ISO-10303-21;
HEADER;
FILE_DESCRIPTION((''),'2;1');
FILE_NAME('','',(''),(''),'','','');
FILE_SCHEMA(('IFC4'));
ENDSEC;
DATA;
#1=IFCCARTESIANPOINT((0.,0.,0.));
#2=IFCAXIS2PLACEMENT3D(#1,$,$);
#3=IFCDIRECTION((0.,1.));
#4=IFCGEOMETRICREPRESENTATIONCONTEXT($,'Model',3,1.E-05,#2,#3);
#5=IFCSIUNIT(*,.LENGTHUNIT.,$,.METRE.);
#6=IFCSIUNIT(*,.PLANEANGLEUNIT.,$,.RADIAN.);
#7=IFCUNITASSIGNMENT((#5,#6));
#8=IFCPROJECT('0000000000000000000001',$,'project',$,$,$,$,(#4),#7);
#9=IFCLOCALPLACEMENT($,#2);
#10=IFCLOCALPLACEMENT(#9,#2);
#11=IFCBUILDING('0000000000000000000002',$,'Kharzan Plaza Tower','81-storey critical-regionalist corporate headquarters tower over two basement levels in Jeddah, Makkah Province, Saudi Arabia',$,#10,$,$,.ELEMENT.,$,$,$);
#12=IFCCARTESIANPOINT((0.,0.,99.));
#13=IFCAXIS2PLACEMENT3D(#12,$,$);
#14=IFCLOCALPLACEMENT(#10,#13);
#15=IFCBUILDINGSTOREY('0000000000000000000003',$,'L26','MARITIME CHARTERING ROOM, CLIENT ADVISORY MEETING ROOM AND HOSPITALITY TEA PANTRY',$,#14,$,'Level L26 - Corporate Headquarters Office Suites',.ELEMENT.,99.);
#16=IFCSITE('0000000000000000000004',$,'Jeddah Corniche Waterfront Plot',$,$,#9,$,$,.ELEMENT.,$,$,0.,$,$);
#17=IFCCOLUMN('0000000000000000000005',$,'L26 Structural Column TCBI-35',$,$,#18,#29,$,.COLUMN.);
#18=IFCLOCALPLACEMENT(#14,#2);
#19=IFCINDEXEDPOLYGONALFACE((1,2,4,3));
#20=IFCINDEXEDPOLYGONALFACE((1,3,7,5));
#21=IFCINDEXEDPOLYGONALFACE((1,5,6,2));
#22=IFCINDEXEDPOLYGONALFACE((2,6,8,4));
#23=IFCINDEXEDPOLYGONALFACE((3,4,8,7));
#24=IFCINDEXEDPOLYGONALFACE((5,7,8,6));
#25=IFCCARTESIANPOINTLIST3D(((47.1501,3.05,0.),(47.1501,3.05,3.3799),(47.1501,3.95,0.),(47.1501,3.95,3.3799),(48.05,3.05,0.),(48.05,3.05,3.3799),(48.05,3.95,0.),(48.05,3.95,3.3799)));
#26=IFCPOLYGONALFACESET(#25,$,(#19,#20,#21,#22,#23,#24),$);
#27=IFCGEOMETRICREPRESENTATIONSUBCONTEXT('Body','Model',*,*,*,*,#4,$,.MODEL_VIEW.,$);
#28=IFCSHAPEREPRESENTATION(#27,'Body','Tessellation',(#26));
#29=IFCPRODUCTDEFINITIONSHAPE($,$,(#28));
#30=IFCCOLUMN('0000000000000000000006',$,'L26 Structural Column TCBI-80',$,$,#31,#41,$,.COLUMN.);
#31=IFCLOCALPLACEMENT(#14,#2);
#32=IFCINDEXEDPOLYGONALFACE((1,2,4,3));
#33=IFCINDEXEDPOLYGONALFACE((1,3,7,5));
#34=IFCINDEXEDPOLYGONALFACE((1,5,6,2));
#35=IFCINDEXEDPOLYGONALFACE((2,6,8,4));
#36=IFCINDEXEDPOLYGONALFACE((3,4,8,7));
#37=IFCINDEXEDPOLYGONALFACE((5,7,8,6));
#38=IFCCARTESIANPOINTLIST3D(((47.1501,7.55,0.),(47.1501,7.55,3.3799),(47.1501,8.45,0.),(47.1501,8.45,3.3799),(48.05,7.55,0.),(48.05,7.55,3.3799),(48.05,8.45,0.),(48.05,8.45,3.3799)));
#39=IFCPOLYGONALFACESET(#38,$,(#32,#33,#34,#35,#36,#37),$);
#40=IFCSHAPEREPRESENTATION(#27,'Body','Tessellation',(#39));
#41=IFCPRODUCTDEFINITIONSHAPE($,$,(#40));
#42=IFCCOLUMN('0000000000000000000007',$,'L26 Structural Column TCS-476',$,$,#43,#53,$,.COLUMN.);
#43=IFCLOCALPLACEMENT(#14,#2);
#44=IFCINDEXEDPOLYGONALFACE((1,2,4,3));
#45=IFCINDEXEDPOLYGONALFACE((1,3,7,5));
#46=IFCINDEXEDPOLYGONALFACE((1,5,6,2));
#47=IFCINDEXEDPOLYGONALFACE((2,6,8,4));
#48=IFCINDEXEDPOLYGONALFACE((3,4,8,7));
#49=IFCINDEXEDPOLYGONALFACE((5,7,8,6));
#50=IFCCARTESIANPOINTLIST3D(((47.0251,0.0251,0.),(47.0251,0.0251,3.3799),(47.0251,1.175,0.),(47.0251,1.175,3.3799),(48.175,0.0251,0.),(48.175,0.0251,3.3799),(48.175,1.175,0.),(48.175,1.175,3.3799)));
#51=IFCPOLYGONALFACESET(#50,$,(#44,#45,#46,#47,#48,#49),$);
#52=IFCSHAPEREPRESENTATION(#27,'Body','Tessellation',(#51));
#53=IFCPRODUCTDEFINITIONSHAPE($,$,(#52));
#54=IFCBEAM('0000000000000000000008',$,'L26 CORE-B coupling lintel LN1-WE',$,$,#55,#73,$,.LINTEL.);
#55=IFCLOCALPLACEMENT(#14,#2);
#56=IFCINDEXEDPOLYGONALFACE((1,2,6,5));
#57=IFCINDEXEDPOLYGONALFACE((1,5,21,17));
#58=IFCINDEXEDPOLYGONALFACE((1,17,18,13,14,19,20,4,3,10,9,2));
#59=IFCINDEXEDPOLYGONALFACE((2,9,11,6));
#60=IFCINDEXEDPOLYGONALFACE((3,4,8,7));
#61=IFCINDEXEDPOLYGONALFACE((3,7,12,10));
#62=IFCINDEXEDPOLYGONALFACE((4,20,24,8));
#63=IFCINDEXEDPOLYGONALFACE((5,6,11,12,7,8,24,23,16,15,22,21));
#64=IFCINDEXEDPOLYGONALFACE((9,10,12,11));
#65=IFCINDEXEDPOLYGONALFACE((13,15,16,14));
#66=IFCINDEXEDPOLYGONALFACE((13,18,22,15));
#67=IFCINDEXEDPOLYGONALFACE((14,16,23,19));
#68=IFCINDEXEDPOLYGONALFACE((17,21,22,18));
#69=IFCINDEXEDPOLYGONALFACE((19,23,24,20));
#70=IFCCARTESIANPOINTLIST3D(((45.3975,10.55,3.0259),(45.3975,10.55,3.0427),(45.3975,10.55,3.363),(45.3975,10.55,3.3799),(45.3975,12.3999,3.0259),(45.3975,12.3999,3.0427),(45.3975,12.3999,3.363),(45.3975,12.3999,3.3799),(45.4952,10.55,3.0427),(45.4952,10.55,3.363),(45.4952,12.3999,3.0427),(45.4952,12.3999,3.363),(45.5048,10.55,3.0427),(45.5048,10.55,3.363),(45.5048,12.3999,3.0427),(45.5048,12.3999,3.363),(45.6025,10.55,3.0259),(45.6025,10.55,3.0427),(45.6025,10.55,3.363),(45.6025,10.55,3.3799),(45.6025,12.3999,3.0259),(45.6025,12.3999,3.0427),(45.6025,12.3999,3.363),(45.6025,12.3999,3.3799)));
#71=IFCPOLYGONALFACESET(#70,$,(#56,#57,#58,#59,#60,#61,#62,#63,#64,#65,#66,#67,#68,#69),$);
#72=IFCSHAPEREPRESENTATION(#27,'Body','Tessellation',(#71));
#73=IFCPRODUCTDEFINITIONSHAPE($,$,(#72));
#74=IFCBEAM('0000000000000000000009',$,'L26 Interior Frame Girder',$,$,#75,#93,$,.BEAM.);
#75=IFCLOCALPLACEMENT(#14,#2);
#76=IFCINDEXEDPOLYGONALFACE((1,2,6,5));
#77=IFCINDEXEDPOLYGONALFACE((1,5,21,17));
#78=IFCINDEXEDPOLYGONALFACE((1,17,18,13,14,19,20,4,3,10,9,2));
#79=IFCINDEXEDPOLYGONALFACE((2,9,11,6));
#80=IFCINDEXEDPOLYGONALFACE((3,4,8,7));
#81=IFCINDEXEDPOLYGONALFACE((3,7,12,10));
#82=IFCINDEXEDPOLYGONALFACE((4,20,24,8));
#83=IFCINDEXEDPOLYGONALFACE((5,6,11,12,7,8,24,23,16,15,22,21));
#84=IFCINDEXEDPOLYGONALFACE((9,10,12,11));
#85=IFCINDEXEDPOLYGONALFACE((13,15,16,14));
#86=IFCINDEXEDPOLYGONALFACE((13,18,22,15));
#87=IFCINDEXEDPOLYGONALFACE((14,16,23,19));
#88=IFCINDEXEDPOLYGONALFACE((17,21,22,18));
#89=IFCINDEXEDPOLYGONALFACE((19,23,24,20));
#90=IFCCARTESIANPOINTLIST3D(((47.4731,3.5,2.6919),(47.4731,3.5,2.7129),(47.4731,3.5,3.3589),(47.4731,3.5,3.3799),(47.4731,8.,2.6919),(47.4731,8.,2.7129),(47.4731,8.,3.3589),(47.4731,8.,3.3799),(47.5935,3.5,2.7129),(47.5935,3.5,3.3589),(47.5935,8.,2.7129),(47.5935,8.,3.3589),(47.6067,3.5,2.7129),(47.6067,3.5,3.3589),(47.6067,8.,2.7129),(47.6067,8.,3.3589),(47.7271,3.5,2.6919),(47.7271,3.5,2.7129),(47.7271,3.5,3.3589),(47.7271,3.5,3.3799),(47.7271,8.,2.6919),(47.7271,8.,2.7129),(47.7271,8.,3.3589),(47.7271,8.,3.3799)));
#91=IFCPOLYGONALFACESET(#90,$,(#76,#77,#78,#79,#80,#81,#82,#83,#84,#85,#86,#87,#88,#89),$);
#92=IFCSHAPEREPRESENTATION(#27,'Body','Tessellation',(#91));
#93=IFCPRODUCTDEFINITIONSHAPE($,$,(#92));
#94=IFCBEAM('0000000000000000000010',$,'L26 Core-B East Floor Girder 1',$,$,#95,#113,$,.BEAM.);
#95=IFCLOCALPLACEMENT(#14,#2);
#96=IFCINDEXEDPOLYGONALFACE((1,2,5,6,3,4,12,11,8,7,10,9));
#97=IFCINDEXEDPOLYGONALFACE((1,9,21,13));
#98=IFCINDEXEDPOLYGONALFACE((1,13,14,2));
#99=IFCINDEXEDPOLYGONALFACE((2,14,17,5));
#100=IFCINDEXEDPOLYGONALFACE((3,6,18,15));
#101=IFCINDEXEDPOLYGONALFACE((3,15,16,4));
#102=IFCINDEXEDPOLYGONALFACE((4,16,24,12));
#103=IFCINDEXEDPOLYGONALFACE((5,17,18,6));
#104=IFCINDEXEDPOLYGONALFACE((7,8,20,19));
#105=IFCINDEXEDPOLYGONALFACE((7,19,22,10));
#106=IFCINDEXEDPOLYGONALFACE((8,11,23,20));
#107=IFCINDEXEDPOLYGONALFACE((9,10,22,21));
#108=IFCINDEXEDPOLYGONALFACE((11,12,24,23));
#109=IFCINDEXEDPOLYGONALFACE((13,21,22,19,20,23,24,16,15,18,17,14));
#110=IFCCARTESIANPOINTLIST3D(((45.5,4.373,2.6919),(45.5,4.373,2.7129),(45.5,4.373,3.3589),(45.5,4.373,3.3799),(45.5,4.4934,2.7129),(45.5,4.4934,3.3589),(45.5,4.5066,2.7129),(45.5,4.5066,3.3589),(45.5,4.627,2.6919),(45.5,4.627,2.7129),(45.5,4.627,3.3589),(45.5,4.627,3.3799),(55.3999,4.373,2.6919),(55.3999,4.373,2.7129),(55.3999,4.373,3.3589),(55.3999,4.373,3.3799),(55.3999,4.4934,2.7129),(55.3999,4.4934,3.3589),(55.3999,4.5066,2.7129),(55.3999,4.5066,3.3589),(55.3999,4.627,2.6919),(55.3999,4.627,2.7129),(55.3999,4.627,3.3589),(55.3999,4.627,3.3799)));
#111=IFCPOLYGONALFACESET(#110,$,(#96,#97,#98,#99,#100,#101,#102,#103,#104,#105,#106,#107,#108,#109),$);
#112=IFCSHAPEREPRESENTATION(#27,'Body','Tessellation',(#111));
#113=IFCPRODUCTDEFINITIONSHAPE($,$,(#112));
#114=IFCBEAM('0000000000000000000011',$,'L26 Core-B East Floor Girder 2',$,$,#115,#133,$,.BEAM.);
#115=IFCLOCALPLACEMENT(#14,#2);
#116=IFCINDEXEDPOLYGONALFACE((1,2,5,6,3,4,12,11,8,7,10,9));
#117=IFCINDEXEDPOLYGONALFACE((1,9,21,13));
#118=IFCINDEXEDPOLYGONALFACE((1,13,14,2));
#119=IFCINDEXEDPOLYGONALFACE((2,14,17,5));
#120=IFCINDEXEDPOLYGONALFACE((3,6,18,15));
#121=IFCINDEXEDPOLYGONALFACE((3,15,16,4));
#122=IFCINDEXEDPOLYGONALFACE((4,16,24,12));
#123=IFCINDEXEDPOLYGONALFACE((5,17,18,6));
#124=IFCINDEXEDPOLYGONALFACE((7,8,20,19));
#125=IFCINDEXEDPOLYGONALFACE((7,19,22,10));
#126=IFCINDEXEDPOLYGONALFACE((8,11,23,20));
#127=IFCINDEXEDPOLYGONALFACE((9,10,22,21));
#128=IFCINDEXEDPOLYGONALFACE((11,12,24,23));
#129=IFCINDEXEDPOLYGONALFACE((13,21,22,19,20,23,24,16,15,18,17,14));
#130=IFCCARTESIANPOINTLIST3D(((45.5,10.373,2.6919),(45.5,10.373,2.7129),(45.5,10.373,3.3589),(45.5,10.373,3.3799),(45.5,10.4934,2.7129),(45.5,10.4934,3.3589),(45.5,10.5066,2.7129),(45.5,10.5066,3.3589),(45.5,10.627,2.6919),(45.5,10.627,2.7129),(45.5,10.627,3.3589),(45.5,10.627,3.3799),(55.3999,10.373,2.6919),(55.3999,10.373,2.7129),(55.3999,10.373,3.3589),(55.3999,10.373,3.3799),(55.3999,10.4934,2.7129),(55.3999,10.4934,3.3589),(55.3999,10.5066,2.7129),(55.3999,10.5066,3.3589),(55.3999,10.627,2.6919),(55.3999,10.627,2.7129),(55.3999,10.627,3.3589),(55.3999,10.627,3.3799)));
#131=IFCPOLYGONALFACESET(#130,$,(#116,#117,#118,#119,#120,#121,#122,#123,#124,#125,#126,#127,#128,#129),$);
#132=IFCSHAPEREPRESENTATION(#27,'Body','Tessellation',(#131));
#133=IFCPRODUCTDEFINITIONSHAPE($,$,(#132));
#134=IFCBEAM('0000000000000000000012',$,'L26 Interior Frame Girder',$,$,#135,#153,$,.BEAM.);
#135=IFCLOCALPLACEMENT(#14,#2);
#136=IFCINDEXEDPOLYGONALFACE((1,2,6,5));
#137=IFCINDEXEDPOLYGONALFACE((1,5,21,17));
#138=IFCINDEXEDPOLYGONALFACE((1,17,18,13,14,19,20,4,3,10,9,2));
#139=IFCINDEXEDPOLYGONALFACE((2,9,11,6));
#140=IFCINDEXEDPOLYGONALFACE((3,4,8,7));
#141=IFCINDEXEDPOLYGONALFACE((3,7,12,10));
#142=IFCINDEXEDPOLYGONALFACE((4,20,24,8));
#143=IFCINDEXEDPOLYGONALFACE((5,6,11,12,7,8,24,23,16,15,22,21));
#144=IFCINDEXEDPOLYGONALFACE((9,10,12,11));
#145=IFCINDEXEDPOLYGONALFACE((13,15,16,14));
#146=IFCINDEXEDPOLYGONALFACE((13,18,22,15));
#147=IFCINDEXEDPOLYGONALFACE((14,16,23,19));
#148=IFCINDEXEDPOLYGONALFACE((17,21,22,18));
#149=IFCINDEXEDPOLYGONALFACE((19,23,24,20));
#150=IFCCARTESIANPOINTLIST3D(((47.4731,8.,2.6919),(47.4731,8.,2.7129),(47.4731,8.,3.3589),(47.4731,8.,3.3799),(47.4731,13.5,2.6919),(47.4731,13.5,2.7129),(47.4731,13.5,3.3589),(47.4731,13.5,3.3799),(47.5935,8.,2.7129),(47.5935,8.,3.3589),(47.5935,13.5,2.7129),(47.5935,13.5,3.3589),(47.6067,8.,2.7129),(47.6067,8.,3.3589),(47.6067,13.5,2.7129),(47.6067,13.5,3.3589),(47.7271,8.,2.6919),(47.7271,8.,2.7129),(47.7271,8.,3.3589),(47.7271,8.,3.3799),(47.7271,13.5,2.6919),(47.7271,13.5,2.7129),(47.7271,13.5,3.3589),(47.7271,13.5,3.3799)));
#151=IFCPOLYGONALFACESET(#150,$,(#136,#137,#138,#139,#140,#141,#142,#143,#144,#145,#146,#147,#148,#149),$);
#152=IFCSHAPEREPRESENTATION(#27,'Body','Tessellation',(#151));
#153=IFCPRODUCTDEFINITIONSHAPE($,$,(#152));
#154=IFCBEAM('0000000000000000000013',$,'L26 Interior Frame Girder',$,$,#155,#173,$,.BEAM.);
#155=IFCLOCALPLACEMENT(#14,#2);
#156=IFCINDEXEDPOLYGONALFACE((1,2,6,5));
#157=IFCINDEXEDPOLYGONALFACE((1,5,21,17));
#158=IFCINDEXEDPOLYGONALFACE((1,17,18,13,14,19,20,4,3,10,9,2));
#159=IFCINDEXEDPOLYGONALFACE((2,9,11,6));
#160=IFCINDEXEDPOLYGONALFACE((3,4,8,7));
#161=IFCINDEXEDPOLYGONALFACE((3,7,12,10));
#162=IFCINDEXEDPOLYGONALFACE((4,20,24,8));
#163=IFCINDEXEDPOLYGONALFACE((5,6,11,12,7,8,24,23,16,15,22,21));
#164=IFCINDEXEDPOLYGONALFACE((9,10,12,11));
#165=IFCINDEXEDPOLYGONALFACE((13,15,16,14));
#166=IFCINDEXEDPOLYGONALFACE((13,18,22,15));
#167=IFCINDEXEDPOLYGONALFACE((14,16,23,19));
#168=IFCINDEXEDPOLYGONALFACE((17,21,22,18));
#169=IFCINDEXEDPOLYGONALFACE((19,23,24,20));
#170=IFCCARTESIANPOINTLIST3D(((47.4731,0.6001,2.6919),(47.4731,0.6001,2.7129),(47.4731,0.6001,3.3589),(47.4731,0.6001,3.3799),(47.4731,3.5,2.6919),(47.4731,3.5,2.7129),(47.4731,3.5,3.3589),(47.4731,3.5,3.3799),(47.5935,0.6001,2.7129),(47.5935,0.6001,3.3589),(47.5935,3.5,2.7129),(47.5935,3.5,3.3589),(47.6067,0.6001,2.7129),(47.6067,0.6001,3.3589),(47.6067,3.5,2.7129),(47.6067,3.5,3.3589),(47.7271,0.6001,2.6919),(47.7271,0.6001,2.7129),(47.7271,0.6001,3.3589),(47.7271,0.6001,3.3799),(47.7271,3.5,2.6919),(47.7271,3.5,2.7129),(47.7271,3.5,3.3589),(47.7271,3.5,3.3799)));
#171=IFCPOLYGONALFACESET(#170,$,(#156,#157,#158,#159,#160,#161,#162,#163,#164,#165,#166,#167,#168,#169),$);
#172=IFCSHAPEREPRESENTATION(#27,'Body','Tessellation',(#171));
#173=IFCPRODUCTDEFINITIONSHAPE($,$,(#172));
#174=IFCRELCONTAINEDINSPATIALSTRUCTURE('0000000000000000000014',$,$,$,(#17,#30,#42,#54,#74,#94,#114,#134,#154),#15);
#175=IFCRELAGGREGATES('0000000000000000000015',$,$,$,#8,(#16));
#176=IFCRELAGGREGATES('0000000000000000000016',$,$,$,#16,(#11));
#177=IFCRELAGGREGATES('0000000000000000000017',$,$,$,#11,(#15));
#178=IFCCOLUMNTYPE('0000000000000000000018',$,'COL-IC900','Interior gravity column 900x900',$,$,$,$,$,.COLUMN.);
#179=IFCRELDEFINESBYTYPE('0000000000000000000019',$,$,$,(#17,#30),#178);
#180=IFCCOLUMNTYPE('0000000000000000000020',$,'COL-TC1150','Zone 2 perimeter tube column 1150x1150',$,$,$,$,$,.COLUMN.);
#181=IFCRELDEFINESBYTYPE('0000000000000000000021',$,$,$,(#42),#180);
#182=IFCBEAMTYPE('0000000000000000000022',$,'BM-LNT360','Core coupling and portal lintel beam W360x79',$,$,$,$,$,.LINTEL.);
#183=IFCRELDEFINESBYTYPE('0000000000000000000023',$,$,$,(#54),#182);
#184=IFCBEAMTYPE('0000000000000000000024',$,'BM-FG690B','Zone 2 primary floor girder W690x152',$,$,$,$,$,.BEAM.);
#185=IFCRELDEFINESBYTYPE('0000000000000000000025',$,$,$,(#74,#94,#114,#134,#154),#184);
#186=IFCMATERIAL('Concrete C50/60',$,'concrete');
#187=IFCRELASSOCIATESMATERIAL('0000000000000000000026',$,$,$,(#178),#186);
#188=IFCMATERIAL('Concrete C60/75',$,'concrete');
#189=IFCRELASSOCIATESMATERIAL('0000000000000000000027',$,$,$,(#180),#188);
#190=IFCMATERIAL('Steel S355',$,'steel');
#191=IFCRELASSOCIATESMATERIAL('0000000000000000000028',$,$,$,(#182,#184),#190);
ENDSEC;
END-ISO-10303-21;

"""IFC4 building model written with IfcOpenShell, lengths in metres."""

from ifc_helpers import new_model, si_unit, direction, frame, origin, origin_2d, place, context, subcontext, project, spatial, rectangle, i_section, extrude, source, transform, mapped, material, material_profile, profile_set, type_object, element, save


model = new_model("IFC4")

# Units and contexts
model_context = context("Model", 3, precision=1e-05, world=origin(), true_north=direction((0.0, 1.0)))
body_context = subcontext(model_context, "Body", "Model", "MODEL_VIEW")
ifc_project = project(units=[si_unit("LENGTHUNIT", "METRE"), si_unit("PLANEANGLEUNIT", "RADIAN")], contexts=[model_context])

# Site, building, storey
site_placement = place(None, origin())
site = spatial("IfcSite", under=ifc_project, at=site_placement, Name="Jeddah Corniche Waterfront Plot", CompositionType="ELEMENT", RefElevation=0.0)
building_placement = place(site_placement, origin())
building = spatial("IfcBuilding", under=site, at=building_placement, Name="Kharzan Plaza Tower", Description="81-storey critical-regionalist corporate headquarters tower over two basement levels in Jeddah, Makkah Province, Saudi Arabia", CompositionType="ELEMENT")
storey_placement = place(building_placement, frame((0.0, 0.0, 99.0)))
storey = spatial("IfcBuildingStorey", under=building, at=storey_placement, Name="L26", Description="MARITIME CHARTERING ROOM, CLIENT ADVISORY MEETING ROOM AND HOSPITALITY TEA PANTRY", LongName="Level L26 - Corporate Headquarters Office Suites", CompositionType="ELEMENT", Elevation=99.0)

# Columns
ifc_material_1 = material(Name="Concrete C50/60", Category="concrete")
ifc_material_profile_1 = material_profile(ifc_material_1, rectangle(XDim=0.8999, YDim=0.8999, at=origin_2d()), Name="RC-IC900x900")
ifc_profile_set_1 = profile_set([ifc_material_profile_1], Name="Concrete C50/60")
column_type_1 = type_object("IfcColumnType", Name="COL-IC900", Description="Interior gravity column 900x900", PredefinedType="COLUMN", material=ifc_profile_set_1)
shared_shape_1 = source(origin(), body_context, "Body", "SweptSolid", [
    extrude(rectangle(XDim=0.8999, YDim=0.8999, at=origin_2d()), origin(), (0.0, 0.0, 1.0), 3.3799),
])
for number, where, z_axis, x_axis, name in (
    (1, (47.6001, 3.5, 0.0), (0.0, 0.0, 1.0), (1.0, 0.0, 0.0), "L26 Structural Column TCBI-35"),
    (2, (47.6001, 8.0, 0.0), (0.0, 0.0, 1.0), (1.0, 0.0, 0.0), "L26 Structural Column TCBI-80"),
):
    element("IfcColumn", number, at=place(storey_placement, frame(where, z_axis=z_axis, x_axis=x_axis)), inside=storey, type_object=column_type_1, Name=name, PredefinedType="COLUMN", context=body_context, shape_type="MappedRepresentation", body=[
        mapped(shared_shape_1, transform((0.0, 0.0, 0.0), x_axis=(1.0, 0.0, 0.0), y_axis=(0.0, 1.0, 0.0), z_axis=(0.0, 0.0, 1.0))),
    ])
ifc_material_2 = material(Name="Concrete C60/75", Category="concrete")
ifc_material_profile_2 = material_profile(ifc_material_2, rectangle(XDim=1.1499, YDim=1.1499, at=origin_2d()), Name="RC-TC1150x1150")
ifc_profile_set_2 = profile_set([ifc_material_profile_2], Name="Concrete C60/75")
column_type_2 = type_object("IfcColumnType", Name="COL-TC1150", Description="Zone 2 perimeter tube column 1150x1150", PredefinedType="COLUMN", material=ifc_profile_set_2)
shared_shape_2 = source(origin(), body_context, "Body", "SweptSolid", [
    extrude(rectangle(XDim=1.1499, YDim=1.1499, at=origin_2d()), origin(), (0.0, 0.0, 1.0), 3.3799),
])
column_placement = place(storey_placement, frame((47.6001, 0.6001, 0.0), z_axis=(0.0, 0.0, 1.0), x_axis=(1.0, 0.0, 0.0)))
element("IfcColumn", 3, at=column_placement, inside=storey, type_object=column_type_2, Name="L26 Structural Column TCS-476", PredefinedType="COLUMN", context=body_context, shape_type="MappedRepresentation", body=[
    mapped(shared_shape_2, transform((0.0, 0.0, 0.0), x_axis=(1.0, 0.0, 0.0), y_axis=(0.0, 1.0, 0.0), z_axis=(0.0, 0.0, 1.0))),
])

# Beams
ifc_material_3 = material(Name="Steel S355", Category="steel")
ifc_material_profile_3 = material_profile(ifc_material_3, i_section(OverallWidth=0.2051, OverallDepth=0.354, WebThickness=0.0095, FlangeThickness=0.0168, at=origin_2d()), Name="W360x79")
ifc_profile_set_3 = profile_set([ifc_material_profile_3], Name="Steel S355")
beam_type_1 = type_object("IfcBeamType", Name="BM-LNT360", Description="Core coupling and portal lintel beam W360x79", PredefinedType="LINTEL", material=ifc_profile_set_3)
shared_shape_3 = source(origin(), body_context, "Body", "SweptSolid", [
    extrude(i_section(OverallWidth=0.2051, OverallDepth=0.354, WebThickness=0.0095, FlangeThickness=0.0168, at=origin_2d()), origin(), (0.0, 0.0, 1.0), 1.8499),
])
beam_1_placement = place(storey_placement, frame((45.5, 10.55, 3.2029), z_axis=(0.0, 1.0, 0.0), x_axis=(-1.0, 0.0, 0.0)))
element("IfcBeam", 4, at=beam_1_placement, inside=storey, type_object=beam_type_1, Name="L26 CORE-B coupling lintel LN1-WE", PredefinedType="LINTEL", context=body_context, shape_type="MappedRepresentation", body=[
    mapped(shared_shape_3, transform((0.0, 0.0, 0.0), x_axis=(1.0, 0.0, 0.0), y_axis=(0.0, 1.0, 0.0), z_axis=(0.0, 0.0, 1.0))),
])
ifc_material_profile_4 = material_profile(ifc_material_3, i_section(OverallWidth=0.2539, OverallDepth=0.688, WebThickness=0.0132, FlangeThickness=0.021, at=origin_2d()), Name="W690x152")
ifc_profile_set_4 = profile_set([ifc_material_profile_4], Name="Steel S355")
beam_type_2 = type_object("IfcBeamType", Name="BM-FG690B", Description="Zone 2 primary floor girder W690x152", PredefinedType="BEAM", material=ifc_profile_set_4)
shared_shape_4 = source(origin(), body_context, "Body", "SweptSolid", [
    extrude(i_section(OverallWidth=0.2539, OverallDepth=0.688, WebThickness=0.0132, FlangeThickness=0.021, at=origin_2d()), origin(), (0.0, 0.0, 1.0), 4.5),
])
beam_2_placement = place(storey_placement, frame((47.6001, 3.5, 3.0359), z_axis=(0.0, 1.0, 0.0), x_axis=(-1.0, 0.0, 0.0)))
element("IfcBeam", 5, at=beam_2_placement, inside=storey, type_object=beam_type_2, Name="L26 Interior Frame Girder", PredefinedType="BEAM", context=body_context, shape_type="MappedRepresentation", body=[
    mapped(shared_shape_4, transform((0.0, 0.0, 0.0), x_axis=(1.0, 0.0, 0.0), y_axis=(0.0, 1.0, 0.0), z_axis=(0.0, 0.0, 1.0))),
])
shared_shape_5 = source(origin(), body_context, "Body", "SweptSolid", [
    extrude(i_section(OverallWidth=0.2539, OverallDepth=0.688, WebThickness=0.0132, FlangeThickness=0.021, at=origin_2d()), origin(), (0.0, 0.0, 1.0), 9.8999),
])
for number, where, z_axis, x_axis, name in (
    (6, (45.5, 4.5, 3.0359), (1.0, 0.0, 0.0), (0.0, 1.0, 0.0), "L26 Core-B East Floor Girder 1"),
    (7, (45.5, 10.5, 3.0359), (1.0, 0.0, 0.0), (0.0, 1.0, 0.0), "L26 Core-B East Floor Girder 2"),
):
    element("IfcBeam", number, at=place(storey_placement, frame(where, z_axis=z_axis, x_axis=x_axis)), inside=storey, type_object=beam_type_2, Name=name, PredefinedType="BEAM", context=body_context, shape_type="MappedRepresentation", body=[
        mapped(shared_shape_5, transform((0.0, 0.0, 0.0), x_axis=(1.0, 0.0, 0.0), y_axis=(0.0, 1.0, 0.0), z_axis=(0.0, 0.0, 1.0))),
    ])
shared_shape_6 = source(origin(), body_context, "Body", "SweptSolid", [
    extrude(i_section(OverallWidth=0.2539, OverallDepth=0.688, WebThickness=0.0132, FlangeThickness=0.021, at=origin_2d()), origin(), (0.0, 0.0, 1.0), 5.5),
])
beam_3_placement = place(storey_placement, frame((47.6001, 8.0, 3.0359), z_axis=(0.0, 1.0, 0.0), x_axis=(-1.0, 0.0, 0.0)))
element("IfcBeam", 8, at=beam_3_placement, inside=storey, type_object=beam_type_2, Name="L26 Interior Frame Girder", PredefinedType="BEAM", context=body_context, shape_type="MappedRepresentation", body=[
    mapped(shared_shape_6, transform((0.0, 0.0, 0.0), x_axis=(1.0, 0.0, 0.0), y_axis=(0.0, 1.0, 0.0), z_axis=(0.0, 0.0, 1.0))),
])
shared_shape_7 = source(origin(), body_context, "Body", "SweptSolid", [
    extrude(i_section(OverallWidth=0.2539, OverallDepth=0.688, WebThickness=0.0132, FlangeThickness=0.021, at=origin_2d()), origin(), (0.0, 0.0, 1.0), 2.8999),
])
for number, where, z_axis, x_axis, name in (
    (9, (47.6001, 0.6001, 3.0359), (0.0, 1.0, 0.0), (-1.0, 0.0, 0.0), "L26 Interior Frame Girder"),
):
    element("IfcBeam", number, at=place(storey_placement, frame(where, z_axis=z_axis, x_axis=x_axis)), inside=storey, type_object=beam_type_2, Name=name, PredefinedType="BEAM", context=body_context, shape_type="MappedRepresentation", body=[
        mapped(shared_shape_7, transform((0.0, 0.0, 0.0), x_axis=(1.0, 0.0, 0.0), y_axis=(0.0, 1.0, 0.0), z_axis=(0.0, 0.0, 1.0))),
    ])

save(model, "model.ifc")
